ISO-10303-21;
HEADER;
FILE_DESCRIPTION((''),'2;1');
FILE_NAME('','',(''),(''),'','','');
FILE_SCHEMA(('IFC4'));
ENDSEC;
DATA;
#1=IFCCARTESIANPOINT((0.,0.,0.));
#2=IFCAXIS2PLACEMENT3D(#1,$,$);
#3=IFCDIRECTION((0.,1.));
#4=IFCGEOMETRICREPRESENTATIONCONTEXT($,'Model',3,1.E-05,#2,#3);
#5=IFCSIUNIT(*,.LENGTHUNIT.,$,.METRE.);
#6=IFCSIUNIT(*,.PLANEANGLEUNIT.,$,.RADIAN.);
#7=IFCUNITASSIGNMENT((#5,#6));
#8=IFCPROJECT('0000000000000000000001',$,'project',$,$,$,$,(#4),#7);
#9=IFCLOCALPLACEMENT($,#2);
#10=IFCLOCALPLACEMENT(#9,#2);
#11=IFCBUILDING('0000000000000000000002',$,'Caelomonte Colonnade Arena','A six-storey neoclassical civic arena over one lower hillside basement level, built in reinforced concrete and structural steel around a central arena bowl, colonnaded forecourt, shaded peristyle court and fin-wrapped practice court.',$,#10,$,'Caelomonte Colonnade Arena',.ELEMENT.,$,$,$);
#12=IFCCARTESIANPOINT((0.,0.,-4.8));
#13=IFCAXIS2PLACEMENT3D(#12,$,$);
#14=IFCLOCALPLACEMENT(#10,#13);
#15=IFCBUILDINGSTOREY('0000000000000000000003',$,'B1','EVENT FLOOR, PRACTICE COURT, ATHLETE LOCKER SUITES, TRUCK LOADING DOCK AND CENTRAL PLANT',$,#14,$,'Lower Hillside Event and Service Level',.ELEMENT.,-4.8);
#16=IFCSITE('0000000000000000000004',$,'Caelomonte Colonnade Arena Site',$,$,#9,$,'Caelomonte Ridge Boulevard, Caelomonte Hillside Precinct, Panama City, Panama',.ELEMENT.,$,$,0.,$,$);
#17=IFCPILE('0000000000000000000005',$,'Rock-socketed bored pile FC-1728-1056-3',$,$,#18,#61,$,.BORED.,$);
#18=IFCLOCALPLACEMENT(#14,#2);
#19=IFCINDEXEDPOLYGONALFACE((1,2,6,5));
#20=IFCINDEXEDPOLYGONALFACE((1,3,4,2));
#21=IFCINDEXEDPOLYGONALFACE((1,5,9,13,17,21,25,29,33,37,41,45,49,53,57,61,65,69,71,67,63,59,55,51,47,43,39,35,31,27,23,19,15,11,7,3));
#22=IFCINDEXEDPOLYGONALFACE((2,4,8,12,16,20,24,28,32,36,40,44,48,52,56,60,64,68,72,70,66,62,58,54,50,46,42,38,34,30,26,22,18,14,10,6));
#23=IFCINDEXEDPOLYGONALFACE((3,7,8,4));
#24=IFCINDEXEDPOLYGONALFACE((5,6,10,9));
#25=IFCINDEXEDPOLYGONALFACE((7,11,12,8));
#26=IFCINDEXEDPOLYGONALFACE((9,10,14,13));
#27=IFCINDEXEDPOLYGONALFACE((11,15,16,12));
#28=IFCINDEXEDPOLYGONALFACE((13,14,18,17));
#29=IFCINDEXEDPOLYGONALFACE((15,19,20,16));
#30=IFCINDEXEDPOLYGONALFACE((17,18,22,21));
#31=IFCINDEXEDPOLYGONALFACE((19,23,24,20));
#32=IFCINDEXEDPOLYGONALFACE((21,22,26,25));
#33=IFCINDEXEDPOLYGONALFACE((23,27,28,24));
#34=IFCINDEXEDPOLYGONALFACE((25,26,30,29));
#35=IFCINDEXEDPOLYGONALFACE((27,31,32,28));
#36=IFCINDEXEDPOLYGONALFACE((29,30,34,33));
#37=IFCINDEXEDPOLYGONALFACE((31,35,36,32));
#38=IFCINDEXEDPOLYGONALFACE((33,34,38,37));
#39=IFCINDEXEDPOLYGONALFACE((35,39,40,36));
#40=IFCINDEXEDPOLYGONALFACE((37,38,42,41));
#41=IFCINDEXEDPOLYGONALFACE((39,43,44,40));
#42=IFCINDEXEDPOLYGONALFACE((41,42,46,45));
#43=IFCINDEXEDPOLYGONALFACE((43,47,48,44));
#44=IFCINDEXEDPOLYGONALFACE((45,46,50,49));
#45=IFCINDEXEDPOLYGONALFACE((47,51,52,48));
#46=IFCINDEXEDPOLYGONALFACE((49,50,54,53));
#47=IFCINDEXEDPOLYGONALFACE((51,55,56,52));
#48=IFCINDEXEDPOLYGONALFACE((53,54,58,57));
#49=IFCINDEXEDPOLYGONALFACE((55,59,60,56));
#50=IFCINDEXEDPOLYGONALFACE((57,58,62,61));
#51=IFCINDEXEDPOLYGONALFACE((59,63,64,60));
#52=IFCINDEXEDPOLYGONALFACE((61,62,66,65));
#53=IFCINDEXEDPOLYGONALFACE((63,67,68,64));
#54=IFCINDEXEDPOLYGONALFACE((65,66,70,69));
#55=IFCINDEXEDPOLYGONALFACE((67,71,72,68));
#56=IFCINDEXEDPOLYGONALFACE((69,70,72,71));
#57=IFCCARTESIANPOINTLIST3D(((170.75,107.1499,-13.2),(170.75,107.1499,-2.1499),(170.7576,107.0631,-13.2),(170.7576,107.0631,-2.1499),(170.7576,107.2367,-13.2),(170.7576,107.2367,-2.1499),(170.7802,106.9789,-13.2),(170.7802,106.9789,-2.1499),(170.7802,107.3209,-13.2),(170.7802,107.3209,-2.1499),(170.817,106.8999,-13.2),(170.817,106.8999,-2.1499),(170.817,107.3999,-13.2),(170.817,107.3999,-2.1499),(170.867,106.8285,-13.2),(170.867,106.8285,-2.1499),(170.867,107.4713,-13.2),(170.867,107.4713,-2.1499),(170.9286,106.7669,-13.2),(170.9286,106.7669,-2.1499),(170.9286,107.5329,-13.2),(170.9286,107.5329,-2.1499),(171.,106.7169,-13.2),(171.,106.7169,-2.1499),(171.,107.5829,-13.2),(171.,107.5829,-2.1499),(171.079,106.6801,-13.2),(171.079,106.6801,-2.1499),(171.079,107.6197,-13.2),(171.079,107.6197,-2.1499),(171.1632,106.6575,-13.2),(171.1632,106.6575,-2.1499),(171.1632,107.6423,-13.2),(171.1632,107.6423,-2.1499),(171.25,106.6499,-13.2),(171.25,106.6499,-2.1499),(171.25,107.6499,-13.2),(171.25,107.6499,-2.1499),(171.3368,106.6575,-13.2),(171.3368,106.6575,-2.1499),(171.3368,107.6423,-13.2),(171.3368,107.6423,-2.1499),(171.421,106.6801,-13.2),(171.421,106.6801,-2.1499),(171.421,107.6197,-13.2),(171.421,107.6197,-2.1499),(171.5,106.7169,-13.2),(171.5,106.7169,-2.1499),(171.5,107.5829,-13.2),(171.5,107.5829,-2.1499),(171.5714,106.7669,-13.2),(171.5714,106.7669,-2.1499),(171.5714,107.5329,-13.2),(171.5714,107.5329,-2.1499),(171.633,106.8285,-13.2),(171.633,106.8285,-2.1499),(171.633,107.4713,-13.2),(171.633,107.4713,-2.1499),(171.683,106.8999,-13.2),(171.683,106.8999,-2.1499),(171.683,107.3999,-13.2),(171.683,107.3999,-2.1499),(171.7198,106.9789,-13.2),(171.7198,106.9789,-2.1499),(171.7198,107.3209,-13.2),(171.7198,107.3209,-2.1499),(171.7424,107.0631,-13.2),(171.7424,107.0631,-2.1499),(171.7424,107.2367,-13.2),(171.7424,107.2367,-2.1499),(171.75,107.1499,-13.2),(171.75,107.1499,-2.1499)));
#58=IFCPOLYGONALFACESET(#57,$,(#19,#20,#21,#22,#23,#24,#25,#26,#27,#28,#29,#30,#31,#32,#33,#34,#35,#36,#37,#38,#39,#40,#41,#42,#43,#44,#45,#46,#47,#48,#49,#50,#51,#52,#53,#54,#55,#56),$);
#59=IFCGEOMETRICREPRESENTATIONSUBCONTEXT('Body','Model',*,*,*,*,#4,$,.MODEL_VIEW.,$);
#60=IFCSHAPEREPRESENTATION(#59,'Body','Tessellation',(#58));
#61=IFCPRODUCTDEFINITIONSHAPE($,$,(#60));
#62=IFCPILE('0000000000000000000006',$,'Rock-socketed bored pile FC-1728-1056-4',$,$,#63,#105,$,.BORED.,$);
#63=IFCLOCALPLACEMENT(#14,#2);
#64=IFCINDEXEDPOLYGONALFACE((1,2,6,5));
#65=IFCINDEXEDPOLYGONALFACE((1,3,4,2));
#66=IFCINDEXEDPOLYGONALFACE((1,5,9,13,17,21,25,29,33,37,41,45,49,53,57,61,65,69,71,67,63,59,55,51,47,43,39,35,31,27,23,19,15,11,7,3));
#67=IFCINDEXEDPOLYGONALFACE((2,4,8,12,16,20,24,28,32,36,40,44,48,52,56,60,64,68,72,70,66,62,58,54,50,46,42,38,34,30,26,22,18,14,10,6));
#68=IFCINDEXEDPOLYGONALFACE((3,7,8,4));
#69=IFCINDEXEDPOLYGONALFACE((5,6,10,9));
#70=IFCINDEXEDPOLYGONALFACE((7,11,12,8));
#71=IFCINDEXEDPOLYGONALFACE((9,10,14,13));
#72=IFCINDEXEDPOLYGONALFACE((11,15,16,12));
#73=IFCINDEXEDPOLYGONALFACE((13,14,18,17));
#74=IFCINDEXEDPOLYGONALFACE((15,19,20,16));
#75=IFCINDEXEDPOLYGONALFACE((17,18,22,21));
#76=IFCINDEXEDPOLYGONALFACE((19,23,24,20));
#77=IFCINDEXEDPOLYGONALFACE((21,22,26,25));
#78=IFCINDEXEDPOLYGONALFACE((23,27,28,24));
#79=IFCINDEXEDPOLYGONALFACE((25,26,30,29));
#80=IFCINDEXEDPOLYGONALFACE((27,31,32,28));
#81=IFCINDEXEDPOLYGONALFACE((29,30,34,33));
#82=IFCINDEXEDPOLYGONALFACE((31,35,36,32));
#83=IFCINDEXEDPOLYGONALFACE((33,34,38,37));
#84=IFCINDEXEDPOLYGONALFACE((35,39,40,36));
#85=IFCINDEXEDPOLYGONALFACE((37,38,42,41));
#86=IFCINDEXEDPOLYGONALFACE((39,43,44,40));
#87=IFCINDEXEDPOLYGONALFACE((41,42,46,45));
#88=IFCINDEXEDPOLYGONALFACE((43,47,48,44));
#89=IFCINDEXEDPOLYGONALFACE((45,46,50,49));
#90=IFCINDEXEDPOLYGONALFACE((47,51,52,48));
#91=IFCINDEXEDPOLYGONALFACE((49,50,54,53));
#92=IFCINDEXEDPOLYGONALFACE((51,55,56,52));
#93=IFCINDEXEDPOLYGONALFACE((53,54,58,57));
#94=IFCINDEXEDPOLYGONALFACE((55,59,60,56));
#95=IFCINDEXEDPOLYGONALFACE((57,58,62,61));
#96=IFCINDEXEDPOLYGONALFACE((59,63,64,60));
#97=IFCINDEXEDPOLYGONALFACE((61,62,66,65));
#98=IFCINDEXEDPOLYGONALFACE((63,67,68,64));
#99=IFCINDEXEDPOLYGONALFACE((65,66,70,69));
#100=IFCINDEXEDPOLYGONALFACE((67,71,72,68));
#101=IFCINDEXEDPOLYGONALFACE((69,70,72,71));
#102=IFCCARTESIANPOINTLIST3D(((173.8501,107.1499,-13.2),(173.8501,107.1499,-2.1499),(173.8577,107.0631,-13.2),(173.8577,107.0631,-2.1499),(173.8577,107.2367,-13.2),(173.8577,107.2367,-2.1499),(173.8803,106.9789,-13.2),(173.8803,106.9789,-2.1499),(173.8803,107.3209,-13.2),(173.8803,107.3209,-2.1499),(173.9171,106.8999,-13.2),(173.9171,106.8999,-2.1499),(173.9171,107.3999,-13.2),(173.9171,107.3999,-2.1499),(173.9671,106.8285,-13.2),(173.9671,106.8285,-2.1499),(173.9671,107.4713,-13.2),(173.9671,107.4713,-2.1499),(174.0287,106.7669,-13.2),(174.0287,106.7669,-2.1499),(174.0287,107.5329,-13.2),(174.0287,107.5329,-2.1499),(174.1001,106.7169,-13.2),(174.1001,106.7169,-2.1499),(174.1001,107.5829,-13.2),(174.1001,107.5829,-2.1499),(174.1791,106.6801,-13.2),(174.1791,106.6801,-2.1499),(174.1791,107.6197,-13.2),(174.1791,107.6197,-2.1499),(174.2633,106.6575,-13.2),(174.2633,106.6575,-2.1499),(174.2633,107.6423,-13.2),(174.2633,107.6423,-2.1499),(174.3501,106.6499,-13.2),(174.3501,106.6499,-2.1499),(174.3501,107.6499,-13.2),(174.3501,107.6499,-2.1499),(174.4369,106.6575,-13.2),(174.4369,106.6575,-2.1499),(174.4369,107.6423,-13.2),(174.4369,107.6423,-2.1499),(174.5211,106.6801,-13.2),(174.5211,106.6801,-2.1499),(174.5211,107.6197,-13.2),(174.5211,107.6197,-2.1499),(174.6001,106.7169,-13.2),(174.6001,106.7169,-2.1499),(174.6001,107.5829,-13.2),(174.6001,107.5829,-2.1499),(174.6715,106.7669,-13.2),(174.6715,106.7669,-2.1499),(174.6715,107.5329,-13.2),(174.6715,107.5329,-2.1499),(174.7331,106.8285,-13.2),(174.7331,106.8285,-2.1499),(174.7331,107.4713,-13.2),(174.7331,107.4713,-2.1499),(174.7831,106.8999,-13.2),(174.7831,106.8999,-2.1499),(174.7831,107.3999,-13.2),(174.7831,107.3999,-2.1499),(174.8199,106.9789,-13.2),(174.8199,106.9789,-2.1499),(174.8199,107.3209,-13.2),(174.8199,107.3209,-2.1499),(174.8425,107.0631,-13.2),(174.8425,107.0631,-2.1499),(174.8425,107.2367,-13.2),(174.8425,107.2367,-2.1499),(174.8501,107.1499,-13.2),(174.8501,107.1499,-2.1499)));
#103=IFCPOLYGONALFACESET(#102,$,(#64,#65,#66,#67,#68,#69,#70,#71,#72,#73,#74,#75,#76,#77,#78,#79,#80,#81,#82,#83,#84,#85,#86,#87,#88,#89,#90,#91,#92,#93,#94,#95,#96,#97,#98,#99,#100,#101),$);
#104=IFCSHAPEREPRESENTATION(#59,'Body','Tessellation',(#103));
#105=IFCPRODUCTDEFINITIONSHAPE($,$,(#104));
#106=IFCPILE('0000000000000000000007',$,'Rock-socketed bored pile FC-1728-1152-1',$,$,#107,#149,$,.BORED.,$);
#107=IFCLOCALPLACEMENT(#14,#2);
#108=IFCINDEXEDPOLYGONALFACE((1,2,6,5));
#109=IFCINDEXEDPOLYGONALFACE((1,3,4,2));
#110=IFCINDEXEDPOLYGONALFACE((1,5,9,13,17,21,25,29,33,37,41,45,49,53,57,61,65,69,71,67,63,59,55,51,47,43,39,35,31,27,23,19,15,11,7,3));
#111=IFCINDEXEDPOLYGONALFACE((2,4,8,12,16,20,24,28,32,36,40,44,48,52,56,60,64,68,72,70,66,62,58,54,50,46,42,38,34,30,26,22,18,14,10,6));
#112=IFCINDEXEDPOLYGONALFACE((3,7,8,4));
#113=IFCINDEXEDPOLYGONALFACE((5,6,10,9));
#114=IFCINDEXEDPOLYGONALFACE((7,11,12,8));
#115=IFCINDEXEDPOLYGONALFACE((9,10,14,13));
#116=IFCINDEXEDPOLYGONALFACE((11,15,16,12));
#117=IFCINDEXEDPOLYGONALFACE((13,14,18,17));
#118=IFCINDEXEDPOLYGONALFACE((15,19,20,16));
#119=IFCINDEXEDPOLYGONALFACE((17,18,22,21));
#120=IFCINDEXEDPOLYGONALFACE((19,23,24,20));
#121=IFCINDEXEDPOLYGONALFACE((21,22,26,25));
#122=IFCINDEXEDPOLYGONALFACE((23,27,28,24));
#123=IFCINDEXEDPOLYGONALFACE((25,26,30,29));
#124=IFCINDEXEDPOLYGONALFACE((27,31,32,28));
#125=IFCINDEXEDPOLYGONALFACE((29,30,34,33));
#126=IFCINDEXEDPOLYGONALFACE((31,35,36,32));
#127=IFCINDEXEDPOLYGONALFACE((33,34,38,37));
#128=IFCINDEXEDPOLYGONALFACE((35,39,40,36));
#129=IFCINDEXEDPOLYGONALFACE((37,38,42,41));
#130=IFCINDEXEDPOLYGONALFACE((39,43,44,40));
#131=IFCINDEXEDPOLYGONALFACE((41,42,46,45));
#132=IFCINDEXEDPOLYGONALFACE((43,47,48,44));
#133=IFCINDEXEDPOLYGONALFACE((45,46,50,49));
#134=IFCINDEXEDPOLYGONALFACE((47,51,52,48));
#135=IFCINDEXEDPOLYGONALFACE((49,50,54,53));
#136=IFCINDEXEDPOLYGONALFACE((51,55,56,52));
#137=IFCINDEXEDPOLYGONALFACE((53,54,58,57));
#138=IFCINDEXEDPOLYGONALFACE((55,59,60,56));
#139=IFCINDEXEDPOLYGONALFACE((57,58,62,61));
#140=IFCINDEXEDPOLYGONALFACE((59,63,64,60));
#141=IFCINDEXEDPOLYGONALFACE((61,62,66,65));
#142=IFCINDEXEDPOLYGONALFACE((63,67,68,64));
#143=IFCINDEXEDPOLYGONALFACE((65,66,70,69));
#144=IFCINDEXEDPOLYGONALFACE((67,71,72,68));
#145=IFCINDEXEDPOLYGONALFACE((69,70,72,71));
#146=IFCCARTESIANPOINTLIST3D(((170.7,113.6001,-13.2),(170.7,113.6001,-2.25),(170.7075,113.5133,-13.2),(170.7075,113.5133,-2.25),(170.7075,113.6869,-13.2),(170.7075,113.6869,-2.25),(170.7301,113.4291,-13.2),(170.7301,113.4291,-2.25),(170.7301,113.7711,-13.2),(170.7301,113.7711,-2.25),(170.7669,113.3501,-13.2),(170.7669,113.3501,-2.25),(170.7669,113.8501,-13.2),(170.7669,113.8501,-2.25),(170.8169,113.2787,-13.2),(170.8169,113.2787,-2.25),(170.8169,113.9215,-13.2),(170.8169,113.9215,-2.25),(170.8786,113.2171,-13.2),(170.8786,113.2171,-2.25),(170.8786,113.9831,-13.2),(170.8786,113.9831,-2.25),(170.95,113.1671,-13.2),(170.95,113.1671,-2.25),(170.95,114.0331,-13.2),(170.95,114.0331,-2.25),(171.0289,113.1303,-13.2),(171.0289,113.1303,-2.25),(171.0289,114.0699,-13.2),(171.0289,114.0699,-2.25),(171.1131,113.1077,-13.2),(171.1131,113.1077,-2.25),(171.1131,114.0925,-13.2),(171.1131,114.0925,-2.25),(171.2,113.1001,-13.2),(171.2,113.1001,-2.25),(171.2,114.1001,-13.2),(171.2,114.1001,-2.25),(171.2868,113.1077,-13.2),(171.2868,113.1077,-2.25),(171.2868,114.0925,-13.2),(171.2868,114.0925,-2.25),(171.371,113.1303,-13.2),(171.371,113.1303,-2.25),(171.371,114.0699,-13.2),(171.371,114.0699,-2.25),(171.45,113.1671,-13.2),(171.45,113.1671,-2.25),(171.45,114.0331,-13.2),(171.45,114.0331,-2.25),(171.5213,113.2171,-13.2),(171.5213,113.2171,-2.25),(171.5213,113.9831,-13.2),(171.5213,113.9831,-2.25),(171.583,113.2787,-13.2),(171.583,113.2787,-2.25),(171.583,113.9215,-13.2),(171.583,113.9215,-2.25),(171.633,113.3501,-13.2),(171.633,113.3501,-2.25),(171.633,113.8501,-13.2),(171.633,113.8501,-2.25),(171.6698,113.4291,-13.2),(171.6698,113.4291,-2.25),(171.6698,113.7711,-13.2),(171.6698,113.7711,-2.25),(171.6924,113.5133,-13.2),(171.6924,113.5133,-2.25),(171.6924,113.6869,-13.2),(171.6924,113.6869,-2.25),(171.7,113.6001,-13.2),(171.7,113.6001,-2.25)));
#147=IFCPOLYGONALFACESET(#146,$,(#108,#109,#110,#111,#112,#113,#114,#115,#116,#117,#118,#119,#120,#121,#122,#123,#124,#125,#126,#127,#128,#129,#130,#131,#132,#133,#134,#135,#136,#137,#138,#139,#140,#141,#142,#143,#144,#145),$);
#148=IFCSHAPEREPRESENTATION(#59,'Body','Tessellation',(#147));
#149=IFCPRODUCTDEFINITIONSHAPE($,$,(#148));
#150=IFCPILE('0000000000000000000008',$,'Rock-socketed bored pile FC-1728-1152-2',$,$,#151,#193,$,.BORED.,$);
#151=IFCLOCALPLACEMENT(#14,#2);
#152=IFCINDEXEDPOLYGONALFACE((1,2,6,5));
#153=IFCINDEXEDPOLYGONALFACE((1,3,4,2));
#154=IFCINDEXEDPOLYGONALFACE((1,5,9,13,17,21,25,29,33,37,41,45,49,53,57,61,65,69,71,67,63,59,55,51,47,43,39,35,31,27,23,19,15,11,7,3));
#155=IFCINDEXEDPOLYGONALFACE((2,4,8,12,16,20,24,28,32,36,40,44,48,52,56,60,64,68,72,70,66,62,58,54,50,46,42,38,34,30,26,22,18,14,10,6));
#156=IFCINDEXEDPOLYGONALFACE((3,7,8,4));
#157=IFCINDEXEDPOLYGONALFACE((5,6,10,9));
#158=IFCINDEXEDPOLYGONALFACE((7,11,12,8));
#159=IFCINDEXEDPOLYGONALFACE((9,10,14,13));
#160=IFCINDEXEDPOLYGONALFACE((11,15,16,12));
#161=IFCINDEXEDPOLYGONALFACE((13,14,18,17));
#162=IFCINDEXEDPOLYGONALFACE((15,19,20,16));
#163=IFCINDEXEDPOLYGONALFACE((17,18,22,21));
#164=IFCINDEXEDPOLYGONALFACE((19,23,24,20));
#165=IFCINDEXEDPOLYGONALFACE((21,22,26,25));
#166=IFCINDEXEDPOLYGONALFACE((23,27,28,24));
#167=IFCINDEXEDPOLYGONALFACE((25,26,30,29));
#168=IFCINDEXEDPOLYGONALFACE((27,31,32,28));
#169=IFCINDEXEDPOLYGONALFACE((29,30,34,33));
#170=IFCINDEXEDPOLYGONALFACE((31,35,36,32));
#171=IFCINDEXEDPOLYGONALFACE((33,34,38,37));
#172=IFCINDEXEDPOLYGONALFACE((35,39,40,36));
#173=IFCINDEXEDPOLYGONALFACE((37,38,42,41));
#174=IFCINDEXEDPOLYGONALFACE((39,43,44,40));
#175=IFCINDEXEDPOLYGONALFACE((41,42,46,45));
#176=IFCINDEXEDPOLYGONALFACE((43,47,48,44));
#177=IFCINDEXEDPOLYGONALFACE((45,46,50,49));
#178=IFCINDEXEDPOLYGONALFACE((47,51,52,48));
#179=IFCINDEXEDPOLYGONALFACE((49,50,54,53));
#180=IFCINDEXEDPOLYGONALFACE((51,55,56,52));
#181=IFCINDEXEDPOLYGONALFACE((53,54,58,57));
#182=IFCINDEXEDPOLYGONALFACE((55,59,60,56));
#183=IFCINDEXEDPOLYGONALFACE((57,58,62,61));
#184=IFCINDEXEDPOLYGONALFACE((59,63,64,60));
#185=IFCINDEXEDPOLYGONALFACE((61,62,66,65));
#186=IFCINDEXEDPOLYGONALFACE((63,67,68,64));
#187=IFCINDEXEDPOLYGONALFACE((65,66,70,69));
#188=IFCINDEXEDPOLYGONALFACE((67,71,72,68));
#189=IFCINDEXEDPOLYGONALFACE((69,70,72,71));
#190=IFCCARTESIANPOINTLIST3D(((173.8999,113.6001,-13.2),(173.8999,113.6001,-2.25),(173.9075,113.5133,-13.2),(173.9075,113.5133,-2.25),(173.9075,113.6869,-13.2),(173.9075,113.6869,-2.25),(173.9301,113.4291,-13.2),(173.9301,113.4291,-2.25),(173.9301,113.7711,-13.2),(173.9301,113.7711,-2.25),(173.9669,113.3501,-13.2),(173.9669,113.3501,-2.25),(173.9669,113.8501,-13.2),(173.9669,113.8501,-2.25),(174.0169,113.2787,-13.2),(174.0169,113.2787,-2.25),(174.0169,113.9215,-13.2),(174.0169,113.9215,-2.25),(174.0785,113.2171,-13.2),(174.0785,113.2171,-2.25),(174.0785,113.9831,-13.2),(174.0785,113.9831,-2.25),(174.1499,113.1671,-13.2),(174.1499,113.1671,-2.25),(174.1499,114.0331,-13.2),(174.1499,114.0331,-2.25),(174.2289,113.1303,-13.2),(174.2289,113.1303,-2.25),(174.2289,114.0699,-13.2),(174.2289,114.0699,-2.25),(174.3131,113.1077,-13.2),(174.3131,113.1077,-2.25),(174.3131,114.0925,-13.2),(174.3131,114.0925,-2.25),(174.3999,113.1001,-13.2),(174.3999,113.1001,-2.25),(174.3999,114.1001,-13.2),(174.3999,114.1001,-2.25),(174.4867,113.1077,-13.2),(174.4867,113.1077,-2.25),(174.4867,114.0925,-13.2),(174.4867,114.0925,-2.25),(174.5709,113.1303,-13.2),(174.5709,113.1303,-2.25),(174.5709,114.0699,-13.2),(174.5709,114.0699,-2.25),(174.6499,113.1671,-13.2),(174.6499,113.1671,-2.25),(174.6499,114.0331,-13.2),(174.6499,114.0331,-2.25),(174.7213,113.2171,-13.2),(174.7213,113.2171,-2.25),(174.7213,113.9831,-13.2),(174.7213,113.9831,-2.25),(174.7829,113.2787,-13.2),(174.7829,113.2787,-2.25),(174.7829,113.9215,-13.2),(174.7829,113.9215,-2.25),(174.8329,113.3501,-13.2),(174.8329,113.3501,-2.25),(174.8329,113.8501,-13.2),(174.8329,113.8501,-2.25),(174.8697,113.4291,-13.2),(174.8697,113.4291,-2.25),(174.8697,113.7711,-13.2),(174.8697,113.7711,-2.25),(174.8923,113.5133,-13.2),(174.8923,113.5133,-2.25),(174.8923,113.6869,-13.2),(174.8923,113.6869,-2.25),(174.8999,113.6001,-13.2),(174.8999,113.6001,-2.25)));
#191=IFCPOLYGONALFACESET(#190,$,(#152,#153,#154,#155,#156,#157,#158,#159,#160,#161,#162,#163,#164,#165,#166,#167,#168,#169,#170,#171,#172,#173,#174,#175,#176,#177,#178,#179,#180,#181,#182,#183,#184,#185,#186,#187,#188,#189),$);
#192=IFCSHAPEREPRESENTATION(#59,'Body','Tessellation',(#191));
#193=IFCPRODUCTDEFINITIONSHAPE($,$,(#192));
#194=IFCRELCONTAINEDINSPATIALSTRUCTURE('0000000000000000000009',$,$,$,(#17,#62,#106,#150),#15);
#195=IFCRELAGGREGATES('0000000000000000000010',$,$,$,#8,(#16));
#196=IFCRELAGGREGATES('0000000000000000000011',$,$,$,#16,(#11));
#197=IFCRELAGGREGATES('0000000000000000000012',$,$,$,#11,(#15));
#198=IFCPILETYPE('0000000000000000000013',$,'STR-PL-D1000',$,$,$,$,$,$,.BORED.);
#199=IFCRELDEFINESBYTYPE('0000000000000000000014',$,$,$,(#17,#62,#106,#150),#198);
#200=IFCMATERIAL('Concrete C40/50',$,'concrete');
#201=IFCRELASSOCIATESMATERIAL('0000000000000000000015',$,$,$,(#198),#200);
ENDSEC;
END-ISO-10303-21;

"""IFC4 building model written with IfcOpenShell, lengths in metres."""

from ifc_helpers import new_model, si_unit, direction, frame, origin, origin_2d, place, context, subcontext, project, spatial, circle, extrude, material, material_profile, profile_set, type_object, element, save


model = new_model("IFC4")

# Units and contexts
model_context = context("Model", 3, precision=1e-05, world=origin(), true_north=direction((0.0, 1.0)))
body_context = subcontext(model_context, "Body", "Model", "MODEL_VIEW")
ifc_project = project(units=[si_unit("LENGTHUNIT", "METRE"), si_unit("PLANEANGLEUNIT", "RADIAN")], contexts=[model_context])

# Site, building, storey
site_placement = place(None, origin())
site = spatial("IfcSite", under=ifc_project, at=site_placement, Name="Caelomonte Colonnade Arena Site", LongName="Caelomonte Ridge Boulevard, Caelomonte Hillside Precinct, Panama City, Panama", CompositionType="ELEMENT", RefElevation=0.0)
building_placement = place(site_placement, origin())
building = spatial("IfcBuilding", under=site, at=building_placement, Name="Caelomonte Colonnade Arena", Description="A six-storey neoclassical civic arena over one lower hillside basement level, built in reinforced concrete and structural steel around a central arena bowl, colonnaded forecourt, shaded peristyle court and fin-wrapped practice court.", LongName="Caelomonte Colonnade Arena", CompositionType="ELEMENT")
storey_placement = place(building_placement, frame((0.0, 0.0, -4.8)))
storey = spatial("IfcBuildingStorey", under=building, at=storey_placement, Name="B1", Description="EVENT FLOOR, PRACTICE COURT, ATHLETE LOCKER SUITES, TRUCK LOADING DOCK AND CENTRAL PLANT", LongName="Lower Hillside Event and Service Level", CompositionType="ELEMENT", Elevation=-4.8)

# Shared definitions
ifc_material_1 = material(Name="Concrete C40/50", Category="concrete")

# Piles
ifc_material_profile_1 = material_profile(ifc_material_1, circle(Radius=0.5, at=origin_2d()), Name="PILE-D1000")
ifc_profile_set_1 = profile_set([ifc_material_profile_1], Name="Concrete C40/50")
pile_type = type_object("IfcPileType", Name="STR-PL-D1000", PredefinedType="BORED", material=ifc_profile_set_1)
for number, where, z_axis, x_axis, name in (
    (1, (171.25, 107.1499, -2.1499), (0.0, 0.0, -1.0), (1.0, 0.0, 0.0), "Rock-socketed bored pile FC-1728-1056-3"),
    (2, (174.3501, 107.1499, -2.1499), (0.0, 0.0, -1.0), (1.0, 0.0, 0.0), "Rock-socketed bored pile FC-1728-1056-4"),
):
    element("IfcPile", number, at=place(storey_placement, frame(where, z_axis=z_axis, x_axis=x_axis)), inside=storey, type_object=pile_type, Name=name, PredefinedType="BORED", context=body_context, shape_type="SweptSolid", body=[
        extrude(circle(Radius=0.5, at=origin_2d()), origin(), (0.0, 0.0, 1.0), 11.05),
    ])
for number, where, z_axis, x_axis, name in (
    (3, (171.2, 113.6001, -2.25), (0.0, 0.0, -1.0), (1.0, 0.0, 0.0), "Rock-socketed bored pile FC-1728-1152-1"),
    (4, (174.3999, 113.6001, -2.25), (0.0, 0.0, -1.0), (1.0, 0.0, 0.0), "Rock-socketed bored pile FC-1728-1152-2"),
):
    element("IfcPile", number, at=place(storey_placement, frame(where, z_axis=z_axis, x_axis=x_axis)), inside=storey, type_object=pile_type, Name=name, PredefinedType="BORED", context=body_context, shape_type="SweptSolid", body=[
        extrude(circle(Radius=0.5, at=origin_2d()), origin(), (0.0, 0.0, 1.0), 10.95),
    ])

save(model, "model.ifc")
